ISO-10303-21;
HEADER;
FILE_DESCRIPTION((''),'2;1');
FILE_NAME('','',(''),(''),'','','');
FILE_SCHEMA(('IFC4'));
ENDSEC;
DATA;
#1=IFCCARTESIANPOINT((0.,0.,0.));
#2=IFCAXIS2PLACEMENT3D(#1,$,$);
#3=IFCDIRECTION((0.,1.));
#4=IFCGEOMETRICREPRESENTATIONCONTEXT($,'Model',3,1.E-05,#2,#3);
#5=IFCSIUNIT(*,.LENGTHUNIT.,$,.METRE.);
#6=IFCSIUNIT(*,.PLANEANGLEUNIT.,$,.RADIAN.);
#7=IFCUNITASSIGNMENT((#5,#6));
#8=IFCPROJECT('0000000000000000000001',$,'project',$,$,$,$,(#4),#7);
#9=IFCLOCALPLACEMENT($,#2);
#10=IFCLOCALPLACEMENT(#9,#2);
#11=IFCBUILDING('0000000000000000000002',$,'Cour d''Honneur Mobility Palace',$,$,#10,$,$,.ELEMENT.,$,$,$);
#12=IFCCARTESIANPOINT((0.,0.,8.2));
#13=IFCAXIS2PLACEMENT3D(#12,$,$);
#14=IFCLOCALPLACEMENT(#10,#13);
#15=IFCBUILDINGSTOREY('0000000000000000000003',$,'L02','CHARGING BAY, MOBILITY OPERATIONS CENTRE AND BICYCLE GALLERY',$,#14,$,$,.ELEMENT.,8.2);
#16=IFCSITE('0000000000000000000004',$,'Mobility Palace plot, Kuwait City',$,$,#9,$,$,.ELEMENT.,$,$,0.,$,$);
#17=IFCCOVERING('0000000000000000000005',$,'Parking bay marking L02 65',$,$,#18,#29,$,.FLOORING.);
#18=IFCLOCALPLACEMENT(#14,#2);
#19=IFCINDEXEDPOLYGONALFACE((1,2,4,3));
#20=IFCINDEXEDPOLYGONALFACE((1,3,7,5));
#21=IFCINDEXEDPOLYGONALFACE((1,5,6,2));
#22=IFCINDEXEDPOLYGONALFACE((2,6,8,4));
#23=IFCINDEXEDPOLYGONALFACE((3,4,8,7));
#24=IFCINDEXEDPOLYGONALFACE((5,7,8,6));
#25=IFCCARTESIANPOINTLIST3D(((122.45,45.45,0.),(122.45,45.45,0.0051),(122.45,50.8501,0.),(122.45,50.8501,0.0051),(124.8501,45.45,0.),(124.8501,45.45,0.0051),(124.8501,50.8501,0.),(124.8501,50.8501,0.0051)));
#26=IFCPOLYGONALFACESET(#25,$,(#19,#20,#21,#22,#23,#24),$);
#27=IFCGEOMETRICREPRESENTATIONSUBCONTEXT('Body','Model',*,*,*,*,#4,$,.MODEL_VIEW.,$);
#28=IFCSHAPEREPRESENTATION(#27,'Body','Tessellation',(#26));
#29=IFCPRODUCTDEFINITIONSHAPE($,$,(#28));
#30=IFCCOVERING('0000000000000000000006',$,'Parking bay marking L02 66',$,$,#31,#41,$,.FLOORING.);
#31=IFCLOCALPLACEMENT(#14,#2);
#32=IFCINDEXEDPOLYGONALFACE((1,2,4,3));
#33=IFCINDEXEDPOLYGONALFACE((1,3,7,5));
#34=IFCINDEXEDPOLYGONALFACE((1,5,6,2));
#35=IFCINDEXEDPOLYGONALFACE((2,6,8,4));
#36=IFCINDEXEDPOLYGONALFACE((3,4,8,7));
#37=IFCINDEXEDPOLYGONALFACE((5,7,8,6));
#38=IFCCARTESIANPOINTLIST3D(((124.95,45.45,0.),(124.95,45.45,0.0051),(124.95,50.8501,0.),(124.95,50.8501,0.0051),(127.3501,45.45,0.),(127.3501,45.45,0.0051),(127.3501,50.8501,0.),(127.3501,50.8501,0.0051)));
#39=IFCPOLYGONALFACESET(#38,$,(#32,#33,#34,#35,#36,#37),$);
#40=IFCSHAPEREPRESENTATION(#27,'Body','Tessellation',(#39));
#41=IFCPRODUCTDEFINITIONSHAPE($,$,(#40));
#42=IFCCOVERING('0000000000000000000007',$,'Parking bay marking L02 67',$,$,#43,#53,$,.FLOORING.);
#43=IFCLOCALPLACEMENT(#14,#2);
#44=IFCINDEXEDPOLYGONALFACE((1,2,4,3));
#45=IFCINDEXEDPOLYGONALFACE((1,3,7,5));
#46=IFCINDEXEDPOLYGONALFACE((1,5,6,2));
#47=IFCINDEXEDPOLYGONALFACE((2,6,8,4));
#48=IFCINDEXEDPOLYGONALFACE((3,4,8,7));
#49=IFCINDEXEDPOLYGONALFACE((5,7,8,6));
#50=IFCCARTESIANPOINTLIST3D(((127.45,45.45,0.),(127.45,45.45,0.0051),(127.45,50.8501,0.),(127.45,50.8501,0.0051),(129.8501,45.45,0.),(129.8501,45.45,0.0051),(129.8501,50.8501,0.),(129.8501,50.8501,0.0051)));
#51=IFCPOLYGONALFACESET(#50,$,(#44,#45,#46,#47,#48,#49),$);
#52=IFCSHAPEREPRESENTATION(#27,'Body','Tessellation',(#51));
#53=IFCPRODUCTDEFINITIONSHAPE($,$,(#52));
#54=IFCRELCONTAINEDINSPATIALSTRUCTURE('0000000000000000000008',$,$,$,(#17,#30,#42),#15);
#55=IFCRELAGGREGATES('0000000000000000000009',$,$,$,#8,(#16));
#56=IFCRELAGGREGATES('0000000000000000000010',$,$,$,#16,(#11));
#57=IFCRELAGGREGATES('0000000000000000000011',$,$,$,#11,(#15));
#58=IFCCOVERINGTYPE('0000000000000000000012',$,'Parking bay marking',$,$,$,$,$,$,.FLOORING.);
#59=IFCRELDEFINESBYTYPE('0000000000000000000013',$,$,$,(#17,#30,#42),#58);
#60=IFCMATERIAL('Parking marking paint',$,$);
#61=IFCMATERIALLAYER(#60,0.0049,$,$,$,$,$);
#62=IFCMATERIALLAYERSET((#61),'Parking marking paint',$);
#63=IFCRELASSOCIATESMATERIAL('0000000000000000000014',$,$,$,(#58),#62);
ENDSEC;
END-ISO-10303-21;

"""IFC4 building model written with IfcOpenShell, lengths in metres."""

from ifc_helpers import new_model, si_unit, direction, frame, origin, place, context, subcontext, project, spatial, polyline, outline, extrude, material, layer, layer_set, type_object, element, save


model = new_model("IFC4")

# Units and contexts
model_context = context("Model", 3, precision=1e-05, world=origin(), true_north=direction((0.0, 1.0)))
body_context = subcontext(model_context, "Body", "Model", "MODEL_VIEW")
ifc_project = project(units=[si_unit("LENGTHUNIT", "METRE"), si_unit("PLANEANGLEUNIT", "RADIAN")], contexts=[model_context])

# Site, building, storey
site_placement = place(None, origin())
site = spatial("IfcSite", under=ifc_project, at=site_placement, Name="Mobility Palace plot, Kuwait City", CompositionType="ELEMENT", RefElevation=0.0)
building_placement = place(site_placement, origin())
building = spatial("IfcBuilding", under=site, at=building_placement, Name="Cour d'Honneur Mobility Palace", CompositionType="ELEMENT")
storey_placement = place(building_placement, frame((0.0, 0.0, 8.2)))
storey = spatial("IfcBuildingStorey", under=building, at=storey_placement, Name="L02", Description="CHARGING BAY, MOBILITY OPERATIONS CENTRE AND BICYCLE GALLERY", CompositionType="ELEMENT", Elevation=8.2)

# Coverings
ifc_material = material(Name="Parking marking paint")
ifc_layer = layer(ifc_material, 0.0049)
ifc_layer_set = layer_set([ifc_layer], Name="Parking marking paint")
covering_type = type_object("IfcCoveringType", Name="Parking bay marking", PredefinedType="FLOORING", material=ifc_layer_set)
covering_1_placement = place(storey_placement, origin())
element("IfcCovering", 1, at=covering_1_placement, inside=storey, type_object=covering_type, Name="Parking bay marking L02 65", PredefinedType="FLOORING", context=body_context, shape_type="SweptSolid", body=[
    extrude(outline(polyline([(124.8501, 45.45), (122.45, 45.45), (122.45, 50.8501), (124.8501, 50.8501), (124.8501, 45.45)])), origin(), (0.0, 0.0, 1.0), 0.0051),
])
covering_2_placement = place(storey_placement, origin())
element("IfcCovering", 2, at=covering_2_placement, inside=storey, type_object=covering_type, Name="Parking bay marking L02 66", PredefinedType="FLOORING", context=body_context, shape_type="SweptSolid", body=[
    extrude(outline(polyline([(127.3501, 45.45), (124.95, 45.45), (124.95, 50.8501), (127.3501, 50.8501), (127.3501, 45.45)])), origin(), (0.0, 0.0, 1.0), 0.0051),
])
covering_3_placement = place(storey_placement, origin())
element("IfcCovering", 3, at=covering_3_placement, inside=storey, type_object=covering_type, Name="Parking bay marking L02 67", PredefinedType="FLOORING", context=body_context, shape_type="SweptSolid", body=[
    extrude(outline(polyline([(129.8501, 45.45), (127.45, 45.45), (127.45, 50.8501), (129.8501, 50.8501), (129.8501, 45.45)])), origin(), (0.0, 0.0, 1.0), 0.0051),
])

save(model, "model.ifc")
